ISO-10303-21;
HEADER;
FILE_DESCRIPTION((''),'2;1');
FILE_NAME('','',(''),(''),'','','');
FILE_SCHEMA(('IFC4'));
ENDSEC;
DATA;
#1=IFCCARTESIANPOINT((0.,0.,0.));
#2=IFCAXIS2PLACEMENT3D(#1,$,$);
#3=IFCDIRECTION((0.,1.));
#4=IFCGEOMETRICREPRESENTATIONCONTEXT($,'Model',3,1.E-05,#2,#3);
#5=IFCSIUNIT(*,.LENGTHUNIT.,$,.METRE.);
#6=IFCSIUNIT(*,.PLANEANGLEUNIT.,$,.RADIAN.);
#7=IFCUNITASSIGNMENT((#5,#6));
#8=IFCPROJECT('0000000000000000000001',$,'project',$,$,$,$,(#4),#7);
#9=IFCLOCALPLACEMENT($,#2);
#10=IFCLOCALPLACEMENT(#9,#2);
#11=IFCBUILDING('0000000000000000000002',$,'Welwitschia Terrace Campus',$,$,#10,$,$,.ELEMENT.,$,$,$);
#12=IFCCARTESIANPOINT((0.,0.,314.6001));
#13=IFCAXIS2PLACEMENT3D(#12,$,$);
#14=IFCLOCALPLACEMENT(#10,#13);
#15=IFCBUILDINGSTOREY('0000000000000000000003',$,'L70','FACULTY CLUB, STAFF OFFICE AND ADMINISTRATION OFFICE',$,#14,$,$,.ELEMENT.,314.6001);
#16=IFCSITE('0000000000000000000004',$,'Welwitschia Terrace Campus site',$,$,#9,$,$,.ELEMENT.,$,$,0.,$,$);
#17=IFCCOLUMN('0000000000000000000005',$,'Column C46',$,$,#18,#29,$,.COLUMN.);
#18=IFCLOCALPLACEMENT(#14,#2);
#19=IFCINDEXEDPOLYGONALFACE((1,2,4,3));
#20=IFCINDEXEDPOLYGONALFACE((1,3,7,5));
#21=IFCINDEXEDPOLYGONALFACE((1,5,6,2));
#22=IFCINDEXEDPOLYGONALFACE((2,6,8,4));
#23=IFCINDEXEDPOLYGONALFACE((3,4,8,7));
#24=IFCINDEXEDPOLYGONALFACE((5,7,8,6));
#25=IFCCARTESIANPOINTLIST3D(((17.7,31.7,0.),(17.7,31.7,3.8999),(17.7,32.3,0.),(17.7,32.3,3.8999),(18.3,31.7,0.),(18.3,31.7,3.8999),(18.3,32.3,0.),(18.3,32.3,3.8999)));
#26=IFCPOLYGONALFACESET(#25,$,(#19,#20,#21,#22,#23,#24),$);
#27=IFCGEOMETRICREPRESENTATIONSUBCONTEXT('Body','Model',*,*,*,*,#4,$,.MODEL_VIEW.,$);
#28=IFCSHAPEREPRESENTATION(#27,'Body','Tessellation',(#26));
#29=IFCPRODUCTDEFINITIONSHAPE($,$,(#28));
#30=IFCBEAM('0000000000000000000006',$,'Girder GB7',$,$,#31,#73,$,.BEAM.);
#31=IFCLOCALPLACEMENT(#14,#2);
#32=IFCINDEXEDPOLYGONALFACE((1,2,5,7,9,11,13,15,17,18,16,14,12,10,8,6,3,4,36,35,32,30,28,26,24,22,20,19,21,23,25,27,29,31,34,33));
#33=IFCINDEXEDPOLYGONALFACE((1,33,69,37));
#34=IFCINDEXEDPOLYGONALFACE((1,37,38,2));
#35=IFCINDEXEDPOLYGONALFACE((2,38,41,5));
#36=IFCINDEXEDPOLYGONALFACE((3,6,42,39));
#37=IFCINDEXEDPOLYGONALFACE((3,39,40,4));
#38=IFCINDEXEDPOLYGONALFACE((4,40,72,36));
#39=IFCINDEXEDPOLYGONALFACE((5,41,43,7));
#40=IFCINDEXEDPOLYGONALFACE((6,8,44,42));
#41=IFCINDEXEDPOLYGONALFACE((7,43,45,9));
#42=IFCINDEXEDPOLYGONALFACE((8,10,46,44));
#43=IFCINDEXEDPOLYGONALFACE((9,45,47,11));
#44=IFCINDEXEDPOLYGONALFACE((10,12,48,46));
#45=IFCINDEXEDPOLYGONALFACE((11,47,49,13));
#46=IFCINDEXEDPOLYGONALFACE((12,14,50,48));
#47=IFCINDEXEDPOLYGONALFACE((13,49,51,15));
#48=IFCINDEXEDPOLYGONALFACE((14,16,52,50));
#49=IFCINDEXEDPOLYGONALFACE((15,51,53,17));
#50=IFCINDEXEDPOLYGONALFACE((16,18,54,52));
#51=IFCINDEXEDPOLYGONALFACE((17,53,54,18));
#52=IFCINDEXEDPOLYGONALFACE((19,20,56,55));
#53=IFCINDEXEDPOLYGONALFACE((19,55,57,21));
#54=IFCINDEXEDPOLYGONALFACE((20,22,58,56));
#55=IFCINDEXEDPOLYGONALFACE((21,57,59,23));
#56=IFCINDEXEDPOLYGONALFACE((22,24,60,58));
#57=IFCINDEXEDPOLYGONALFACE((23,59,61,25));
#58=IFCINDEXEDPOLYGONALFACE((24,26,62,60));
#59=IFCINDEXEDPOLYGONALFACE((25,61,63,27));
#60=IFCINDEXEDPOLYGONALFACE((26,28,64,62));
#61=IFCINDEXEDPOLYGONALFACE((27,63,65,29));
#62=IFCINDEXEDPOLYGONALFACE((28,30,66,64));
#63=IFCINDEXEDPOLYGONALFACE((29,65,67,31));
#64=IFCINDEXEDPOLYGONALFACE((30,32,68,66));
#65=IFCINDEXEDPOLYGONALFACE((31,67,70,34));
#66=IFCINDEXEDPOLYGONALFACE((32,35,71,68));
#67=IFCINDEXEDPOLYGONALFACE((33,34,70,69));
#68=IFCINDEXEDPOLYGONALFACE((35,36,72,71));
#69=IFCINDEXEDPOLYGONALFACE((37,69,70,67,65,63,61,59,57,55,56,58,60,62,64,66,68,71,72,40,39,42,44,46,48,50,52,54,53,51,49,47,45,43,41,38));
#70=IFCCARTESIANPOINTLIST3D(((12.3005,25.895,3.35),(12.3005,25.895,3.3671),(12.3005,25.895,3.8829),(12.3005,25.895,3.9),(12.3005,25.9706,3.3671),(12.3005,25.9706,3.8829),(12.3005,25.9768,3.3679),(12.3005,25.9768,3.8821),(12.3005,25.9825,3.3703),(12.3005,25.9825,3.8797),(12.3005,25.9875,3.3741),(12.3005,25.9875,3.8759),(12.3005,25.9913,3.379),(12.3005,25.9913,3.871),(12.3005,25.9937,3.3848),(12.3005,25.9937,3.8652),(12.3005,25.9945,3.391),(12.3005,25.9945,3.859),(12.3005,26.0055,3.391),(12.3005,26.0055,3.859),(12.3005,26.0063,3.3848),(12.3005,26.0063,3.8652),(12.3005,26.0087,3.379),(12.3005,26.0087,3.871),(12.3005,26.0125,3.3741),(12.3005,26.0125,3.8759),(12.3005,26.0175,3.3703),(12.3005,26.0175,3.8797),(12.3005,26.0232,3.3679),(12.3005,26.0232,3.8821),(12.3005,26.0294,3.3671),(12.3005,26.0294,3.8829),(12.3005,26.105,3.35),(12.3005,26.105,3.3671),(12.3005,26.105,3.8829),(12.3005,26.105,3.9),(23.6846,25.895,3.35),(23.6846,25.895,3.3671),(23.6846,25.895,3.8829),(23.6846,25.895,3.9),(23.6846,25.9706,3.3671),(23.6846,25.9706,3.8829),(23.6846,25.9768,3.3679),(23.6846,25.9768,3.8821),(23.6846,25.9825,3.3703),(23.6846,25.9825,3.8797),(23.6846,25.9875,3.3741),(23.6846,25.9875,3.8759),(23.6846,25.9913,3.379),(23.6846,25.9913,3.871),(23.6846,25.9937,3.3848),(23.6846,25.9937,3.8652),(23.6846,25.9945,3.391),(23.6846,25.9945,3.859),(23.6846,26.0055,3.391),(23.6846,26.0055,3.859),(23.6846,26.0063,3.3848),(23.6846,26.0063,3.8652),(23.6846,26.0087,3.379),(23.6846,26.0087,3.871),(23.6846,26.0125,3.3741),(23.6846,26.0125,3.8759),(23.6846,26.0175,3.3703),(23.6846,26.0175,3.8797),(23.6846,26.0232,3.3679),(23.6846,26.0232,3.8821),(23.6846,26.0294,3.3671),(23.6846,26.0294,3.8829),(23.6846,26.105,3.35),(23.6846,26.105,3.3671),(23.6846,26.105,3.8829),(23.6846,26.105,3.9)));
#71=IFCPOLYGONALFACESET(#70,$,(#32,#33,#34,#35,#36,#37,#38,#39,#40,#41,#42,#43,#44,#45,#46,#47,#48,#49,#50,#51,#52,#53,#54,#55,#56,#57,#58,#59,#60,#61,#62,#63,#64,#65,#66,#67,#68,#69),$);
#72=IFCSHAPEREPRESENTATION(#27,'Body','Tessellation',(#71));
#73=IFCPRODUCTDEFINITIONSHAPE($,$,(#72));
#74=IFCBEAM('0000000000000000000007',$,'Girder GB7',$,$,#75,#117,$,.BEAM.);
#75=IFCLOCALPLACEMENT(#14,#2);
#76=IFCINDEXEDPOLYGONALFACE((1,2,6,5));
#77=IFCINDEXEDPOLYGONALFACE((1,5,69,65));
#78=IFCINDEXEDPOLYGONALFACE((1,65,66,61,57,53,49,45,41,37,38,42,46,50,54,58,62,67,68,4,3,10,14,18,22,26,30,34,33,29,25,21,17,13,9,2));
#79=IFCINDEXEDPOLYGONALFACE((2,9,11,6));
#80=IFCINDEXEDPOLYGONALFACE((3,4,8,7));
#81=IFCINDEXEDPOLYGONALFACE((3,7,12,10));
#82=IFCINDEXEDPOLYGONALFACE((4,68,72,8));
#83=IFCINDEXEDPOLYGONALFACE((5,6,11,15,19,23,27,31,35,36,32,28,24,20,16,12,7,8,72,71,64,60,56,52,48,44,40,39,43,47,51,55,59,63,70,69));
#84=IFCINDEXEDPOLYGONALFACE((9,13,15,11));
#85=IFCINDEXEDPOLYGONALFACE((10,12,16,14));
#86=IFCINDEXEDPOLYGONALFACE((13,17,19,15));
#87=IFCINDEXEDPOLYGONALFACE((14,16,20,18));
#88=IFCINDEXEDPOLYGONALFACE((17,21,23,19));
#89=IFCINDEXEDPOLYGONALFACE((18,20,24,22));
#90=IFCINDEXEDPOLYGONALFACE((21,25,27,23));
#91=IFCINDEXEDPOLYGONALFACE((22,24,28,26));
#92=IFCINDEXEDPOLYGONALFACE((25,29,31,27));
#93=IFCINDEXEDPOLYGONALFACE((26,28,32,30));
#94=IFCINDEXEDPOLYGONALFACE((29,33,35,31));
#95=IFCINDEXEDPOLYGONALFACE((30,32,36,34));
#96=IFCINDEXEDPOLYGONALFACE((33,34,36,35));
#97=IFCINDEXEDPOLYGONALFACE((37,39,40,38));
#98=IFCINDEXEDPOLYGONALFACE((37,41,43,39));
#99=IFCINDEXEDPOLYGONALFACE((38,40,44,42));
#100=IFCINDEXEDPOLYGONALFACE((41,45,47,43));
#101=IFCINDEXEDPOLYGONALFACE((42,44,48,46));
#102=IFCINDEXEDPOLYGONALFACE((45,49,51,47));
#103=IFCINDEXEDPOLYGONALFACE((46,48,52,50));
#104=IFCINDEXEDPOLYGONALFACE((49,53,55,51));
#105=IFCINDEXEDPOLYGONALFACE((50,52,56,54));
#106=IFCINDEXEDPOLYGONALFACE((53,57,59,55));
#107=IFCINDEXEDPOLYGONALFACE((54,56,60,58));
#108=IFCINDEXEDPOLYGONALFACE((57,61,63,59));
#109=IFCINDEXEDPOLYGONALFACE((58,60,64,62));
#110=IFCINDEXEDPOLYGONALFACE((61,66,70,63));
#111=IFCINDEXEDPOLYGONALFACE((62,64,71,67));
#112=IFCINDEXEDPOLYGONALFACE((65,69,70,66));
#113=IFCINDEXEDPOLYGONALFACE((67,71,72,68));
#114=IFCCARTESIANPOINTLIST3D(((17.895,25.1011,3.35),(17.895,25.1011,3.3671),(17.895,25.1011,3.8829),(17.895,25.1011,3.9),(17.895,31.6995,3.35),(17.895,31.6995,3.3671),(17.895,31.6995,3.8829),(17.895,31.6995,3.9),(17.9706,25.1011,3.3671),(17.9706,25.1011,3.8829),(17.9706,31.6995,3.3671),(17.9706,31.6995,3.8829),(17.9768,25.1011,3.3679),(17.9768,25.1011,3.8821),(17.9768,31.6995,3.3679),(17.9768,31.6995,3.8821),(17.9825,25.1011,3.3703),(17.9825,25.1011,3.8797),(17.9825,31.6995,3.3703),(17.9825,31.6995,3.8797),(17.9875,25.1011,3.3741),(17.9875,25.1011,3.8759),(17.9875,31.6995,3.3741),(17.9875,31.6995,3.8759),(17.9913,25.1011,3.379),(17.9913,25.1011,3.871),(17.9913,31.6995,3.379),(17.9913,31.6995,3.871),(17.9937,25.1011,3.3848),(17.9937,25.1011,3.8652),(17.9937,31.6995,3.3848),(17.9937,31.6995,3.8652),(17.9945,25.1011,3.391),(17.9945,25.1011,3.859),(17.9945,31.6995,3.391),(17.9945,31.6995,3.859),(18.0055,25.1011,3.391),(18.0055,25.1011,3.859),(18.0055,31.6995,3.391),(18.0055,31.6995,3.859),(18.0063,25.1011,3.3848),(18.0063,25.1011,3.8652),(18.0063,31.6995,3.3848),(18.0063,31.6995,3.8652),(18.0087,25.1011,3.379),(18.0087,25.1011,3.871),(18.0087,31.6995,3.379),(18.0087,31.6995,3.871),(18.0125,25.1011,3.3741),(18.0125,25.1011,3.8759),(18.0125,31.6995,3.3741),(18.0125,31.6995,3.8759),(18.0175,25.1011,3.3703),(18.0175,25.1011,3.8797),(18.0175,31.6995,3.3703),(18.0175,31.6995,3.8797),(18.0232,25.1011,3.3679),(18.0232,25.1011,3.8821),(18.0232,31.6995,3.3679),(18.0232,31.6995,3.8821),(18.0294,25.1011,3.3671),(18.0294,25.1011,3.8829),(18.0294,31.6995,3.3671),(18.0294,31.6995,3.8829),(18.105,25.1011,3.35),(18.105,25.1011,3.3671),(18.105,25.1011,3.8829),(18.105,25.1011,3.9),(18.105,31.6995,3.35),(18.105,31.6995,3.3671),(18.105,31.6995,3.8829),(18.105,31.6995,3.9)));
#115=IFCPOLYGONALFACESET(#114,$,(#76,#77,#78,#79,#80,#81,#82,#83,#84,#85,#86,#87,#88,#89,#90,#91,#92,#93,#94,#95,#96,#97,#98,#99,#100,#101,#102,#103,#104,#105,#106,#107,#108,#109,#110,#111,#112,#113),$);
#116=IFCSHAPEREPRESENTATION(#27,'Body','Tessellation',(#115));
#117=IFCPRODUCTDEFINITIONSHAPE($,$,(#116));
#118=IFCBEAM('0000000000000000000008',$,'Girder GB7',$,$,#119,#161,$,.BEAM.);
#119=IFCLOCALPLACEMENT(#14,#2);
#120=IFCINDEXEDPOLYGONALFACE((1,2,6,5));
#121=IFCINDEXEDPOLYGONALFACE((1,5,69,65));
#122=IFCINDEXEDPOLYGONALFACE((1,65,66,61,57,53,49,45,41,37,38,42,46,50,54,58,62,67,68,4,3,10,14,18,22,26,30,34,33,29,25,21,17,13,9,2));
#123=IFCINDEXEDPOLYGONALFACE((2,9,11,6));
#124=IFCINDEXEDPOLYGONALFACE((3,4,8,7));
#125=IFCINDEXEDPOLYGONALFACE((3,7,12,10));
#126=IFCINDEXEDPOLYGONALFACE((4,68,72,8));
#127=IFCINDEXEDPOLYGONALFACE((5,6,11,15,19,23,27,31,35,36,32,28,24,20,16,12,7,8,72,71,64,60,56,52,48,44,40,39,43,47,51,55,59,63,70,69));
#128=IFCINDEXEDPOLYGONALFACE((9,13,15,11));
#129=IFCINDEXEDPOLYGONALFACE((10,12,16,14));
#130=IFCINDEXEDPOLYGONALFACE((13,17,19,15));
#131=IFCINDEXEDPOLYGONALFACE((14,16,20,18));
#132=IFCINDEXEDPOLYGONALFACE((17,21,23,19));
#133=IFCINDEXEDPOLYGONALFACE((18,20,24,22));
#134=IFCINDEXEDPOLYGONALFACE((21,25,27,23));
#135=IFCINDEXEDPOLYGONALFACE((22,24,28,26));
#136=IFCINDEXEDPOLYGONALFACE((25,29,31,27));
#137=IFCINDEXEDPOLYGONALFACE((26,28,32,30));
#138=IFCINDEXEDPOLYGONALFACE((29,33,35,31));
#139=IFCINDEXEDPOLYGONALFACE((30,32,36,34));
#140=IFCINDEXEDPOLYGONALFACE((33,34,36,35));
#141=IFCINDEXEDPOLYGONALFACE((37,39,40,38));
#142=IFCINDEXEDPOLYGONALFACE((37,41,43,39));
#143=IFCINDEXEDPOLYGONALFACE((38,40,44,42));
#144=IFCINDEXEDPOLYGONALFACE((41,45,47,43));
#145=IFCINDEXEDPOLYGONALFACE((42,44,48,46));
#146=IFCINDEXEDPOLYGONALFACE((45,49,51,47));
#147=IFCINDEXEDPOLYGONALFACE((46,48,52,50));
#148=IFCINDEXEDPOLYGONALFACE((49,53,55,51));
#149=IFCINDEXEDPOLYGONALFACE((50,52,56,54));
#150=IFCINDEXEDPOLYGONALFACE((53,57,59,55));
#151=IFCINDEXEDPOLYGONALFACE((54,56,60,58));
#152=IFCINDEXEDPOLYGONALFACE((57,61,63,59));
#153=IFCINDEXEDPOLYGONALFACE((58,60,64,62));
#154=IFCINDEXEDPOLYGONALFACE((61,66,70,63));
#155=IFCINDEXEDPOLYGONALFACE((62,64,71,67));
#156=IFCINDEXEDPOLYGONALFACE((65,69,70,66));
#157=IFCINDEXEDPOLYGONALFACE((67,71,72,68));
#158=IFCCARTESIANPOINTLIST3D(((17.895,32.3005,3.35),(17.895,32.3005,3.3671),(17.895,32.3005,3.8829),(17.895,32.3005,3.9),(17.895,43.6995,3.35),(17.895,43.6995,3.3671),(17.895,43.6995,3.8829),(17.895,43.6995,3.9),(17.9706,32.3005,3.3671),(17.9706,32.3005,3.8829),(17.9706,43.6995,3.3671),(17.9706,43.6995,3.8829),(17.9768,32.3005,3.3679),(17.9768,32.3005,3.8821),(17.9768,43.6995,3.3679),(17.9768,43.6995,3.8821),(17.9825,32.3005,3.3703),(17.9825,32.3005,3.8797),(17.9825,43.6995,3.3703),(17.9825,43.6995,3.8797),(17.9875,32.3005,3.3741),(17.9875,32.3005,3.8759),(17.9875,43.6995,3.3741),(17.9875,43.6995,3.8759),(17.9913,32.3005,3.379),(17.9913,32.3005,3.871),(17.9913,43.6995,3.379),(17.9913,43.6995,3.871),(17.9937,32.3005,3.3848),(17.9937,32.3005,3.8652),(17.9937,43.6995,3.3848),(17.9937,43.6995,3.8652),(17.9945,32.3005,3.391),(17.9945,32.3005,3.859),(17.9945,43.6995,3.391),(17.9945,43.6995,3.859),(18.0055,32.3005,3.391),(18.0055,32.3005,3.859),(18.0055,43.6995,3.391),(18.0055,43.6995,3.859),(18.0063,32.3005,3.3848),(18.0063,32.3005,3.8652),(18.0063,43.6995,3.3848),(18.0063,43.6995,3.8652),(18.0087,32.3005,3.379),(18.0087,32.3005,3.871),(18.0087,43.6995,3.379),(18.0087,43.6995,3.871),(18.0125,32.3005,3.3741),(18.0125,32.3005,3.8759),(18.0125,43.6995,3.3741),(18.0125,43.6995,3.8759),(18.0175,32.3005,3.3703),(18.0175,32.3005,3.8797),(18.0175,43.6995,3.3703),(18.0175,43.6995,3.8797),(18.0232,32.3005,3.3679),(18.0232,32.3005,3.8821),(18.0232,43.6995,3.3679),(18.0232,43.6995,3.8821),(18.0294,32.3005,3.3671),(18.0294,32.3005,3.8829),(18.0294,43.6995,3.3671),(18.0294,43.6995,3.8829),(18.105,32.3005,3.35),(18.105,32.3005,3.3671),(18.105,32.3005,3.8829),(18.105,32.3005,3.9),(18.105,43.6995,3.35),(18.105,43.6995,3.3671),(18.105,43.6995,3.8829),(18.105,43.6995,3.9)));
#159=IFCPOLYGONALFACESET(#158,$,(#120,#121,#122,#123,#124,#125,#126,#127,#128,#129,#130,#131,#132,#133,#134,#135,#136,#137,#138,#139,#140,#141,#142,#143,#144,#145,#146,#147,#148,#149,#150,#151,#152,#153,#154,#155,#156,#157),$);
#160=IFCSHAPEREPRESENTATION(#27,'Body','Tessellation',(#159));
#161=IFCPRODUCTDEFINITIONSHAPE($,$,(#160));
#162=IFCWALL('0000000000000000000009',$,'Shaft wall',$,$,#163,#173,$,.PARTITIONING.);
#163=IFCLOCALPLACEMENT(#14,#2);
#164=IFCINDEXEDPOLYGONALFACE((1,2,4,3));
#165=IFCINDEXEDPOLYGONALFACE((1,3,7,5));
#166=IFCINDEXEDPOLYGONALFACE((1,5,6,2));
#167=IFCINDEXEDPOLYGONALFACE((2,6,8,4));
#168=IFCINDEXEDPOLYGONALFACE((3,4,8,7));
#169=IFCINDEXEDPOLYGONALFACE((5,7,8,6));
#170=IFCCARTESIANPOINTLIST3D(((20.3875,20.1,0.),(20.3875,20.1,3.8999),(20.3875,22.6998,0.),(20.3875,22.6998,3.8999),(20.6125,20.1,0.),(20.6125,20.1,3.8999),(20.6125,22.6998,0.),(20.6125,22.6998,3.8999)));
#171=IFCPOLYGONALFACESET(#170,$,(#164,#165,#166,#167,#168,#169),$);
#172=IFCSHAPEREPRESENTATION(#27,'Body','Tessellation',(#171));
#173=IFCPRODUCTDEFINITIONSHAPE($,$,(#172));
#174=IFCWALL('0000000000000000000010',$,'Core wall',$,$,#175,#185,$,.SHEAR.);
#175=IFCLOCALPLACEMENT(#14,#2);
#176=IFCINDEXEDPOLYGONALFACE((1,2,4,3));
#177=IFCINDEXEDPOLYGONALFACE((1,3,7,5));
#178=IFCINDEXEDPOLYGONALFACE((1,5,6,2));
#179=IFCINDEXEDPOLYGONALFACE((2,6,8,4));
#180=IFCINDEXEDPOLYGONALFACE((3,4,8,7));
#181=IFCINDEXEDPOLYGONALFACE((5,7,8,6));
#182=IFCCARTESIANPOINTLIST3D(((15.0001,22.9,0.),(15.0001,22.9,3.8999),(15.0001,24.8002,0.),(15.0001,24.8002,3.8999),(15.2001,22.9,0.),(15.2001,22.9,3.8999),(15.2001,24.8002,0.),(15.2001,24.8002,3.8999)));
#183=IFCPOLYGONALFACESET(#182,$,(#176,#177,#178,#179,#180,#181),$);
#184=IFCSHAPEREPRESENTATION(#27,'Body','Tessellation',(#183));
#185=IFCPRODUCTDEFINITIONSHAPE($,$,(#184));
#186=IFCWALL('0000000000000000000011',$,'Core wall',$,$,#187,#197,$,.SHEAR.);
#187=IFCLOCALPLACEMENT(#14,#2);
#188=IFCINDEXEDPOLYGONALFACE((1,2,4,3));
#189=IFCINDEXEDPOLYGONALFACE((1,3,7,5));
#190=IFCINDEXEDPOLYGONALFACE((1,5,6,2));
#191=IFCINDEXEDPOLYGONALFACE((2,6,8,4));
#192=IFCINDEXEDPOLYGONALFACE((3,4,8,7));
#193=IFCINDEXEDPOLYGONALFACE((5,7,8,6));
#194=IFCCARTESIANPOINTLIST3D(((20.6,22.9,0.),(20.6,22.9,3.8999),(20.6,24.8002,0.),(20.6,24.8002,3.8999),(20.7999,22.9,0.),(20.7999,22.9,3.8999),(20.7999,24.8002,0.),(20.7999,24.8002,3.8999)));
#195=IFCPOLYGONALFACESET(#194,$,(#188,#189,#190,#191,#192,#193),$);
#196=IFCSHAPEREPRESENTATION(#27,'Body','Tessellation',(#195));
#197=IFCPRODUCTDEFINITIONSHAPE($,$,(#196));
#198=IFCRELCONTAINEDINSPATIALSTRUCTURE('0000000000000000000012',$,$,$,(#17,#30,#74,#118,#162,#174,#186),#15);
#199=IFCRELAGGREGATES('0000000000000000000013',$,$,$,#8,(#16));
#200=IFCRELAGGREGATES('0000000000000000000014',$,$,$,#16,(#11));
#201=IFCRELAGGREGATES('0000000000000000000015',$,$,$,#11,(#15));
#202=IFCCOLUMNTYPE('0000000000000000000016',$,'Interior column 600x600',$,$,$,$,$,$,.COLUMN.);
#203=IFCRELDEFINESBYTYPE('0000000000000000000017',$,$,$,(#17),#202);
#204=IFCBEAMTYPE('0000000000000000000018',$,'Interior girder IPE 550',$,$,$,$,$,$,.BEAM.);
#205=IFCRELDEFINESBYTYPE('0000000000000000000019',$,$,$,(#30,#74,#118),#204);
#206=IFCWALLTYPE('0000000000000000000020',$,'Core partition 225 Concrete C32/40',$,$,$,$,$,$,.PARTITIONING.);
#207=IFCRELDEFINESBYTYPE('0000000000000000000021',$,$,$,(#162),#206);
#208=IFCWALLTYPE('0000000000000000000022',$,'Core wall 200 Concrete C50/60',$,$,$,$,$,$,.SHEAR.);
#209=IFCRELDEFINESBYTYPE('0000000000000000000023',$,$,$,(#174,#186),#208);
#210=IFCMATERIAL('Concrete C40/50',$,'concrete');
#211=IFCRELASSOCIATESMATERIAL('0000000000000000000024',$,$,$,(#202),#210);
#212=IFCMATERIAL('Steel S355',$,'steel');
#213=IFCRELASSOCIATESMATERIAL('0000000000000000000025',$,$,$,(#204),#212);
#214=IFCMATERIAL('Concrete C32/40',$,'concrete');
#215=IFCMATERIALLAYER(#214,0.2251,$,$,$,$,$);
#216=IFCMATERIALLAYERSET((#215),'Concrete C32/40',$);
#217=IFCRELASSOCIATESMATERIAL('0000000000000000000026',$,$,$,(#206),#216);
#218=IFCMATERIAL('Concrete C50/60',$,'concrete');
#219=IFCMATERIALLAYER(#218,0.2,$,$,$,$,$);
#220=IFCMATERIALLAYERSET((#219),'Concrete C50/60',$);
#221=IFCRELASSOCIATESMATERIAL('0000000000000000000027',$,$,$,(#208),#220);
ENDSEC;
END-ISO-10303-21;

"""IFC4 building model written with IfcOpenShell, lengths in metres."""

from ifc_helpers import new_model, si_unit, direction, frame, frame_2d, origin, origin_2d, place, context, subcontext, project, spatial, rectangle, i_section, extrude, material, layer, layer_set, material_profile, profile_set, type_object, element, save


model = new_model("IFC4")

# Units and contexts
model_context = context("Model", 3, precision=1e-05, world=origin(), true_north=direction((0.0, 1.0)))
body_context = subcontext(model_context, "Body", "Model", "MODEL_VIEW")
ifc_project = project(units=[si_unit("LENGTHUNIT", "METRE"), si_unit("PLANEANGLEUNIT", "RADIAN")], contexts=[model_context])

# Site, building, storey
site_placement = place(None, origin())
site = spatial("IfcSite", under=ifc_project, at=site_placement, Name="Welwitschia Terrace Campus site", CompositionType="ELEMENT", RefElevation=0.0)
building_placement = place(site_placement, origin())
building = spatial("IfcBuilding", under=site, at=building_placement, Name="Welwitschia Terrace Campus", CompositionType="ELEMENT")
storey_placement = place(building_placement, frame((0.0, 0.0, 314.6001)))
storey = spatial("IfcBuildingStorey", under=building, at=storey_placement, Name="L70", Description="FACULTY CLUB, STAFF OFFICE AND ADMINISTRATION OFFICE", CompositionType="ELEMENT", Elevation=314.6001)

# Column
ifc_material_1 = material(Name="Concrete C40/50", Category="concrete")
ifc_material_profile_1 = material_profile(ifc_material_1, rectangle(XDim=0.6001, YDim=0.6001, at=origin_2d()))
ifc_profile_set_1 = profile_set([ifc_material_profile_1], Name="Concrete C40/50")
column_type = type_object("IfcColumnType", Name="Interior column 600x600", PredefinedType="COLUMN", material=ifc_profile_set_1)
column_placement = place(storey_placement, frame((18.0, 32.0, 0.0), z_axis=(0.0, 0.0, 1.0), x_axis=(1.0, 0.0, 0.0)))
element("IfcColumn", 1, at=column_placement, inside=storey, type_object=column_type, Name="Column C46", PredefinedType="COLUMN", context=body_context, shape_type="SweptSolid", body=[
    extrude(rectangle(XDim=0.6001, YDim=0.6001, at=origin_2d()), origin(), (0.0, 0.0, 1.0), 3.8999),
])

# Beams
ifc_material_2 = material(Name="Steel S355", Category="steel")
ifc_material_profile_2 = material_profile(ifc_material_2, i_section(OverallWidth=0.21, OverallDepth=0.55, WebThickness=0.011, FlangeThickness=0.0171, FilletRadius=0.0239, at=origin_2d()))
ifc_profile_set_2 = profile_set([ifc_material_profile_2], Name="Steel S355")
beam_type = type_object("IfcBeamType", Name="Interior girder IPE 550", PredefinedType="BEAM", material=ifc_profile_set_2)
beam_1_placement = place(storey_placement, frame((12.3005, 26.0, 3.625), z_axis=(1.0, 0.0, 0.0), x_axis=(0.0, 1.0, 0.0)))
element("IfcBeam", 2, at=beam_1_placement, inside=storey, type_object=beam_type, Name="Girder GB7", PredefinedType="BEAM", context=body_context, shape_type="SweptSolid", body=[
    extrude(i_section(OverallWidth=0.21, OverallDepth=0.55, WebThickness=0.011, FlangeThickness=0.0171, FilletRadius=0.0239, at=origin_2d()), origin(), (0.0, 0.0, 1.0), 11.384),
])
beam_2_placement = place(storey_placement, frame((18.0, 25.1011, 3.625), z_axis=(0.0, 1.0, 0.0), x_axis=(-1.0, 0.0, 0.0)))
element("IfcBeam", 3, at=beam_2_placement, inside=storey, type_object=beam_type, Name="Girder GB7", PredefinedType="BEAM", context=body_context, shape_type="SweptSolid", body=[
    extrude(i_section(OverallWidth=0.21, OverallDepth=0.55, WebThickness=0.011, FlangeThickness=0.0171, FilletRadius=0.0239, at=origin_2d()), origin(), (0.0, 0.0, 1.0), 6.5984),
])
beam_3_placement = place(storey_placement, frame((18.0, 32.3005, 3.625), z_axis=(0.0, 1.0, 0.0), x_axis=(-1.0, 0.0, 0.0)))
element("IfcBeam", 4, at=beam_3_placement, inside=storey, type_object=beam_type, Name="Girder GB7", PredefinedType="BEAM", context=body_context, shape_type="SweptSolid", body=[
    extrude(i_section(OverallWidth=0.21, OverallDepth=0.55, WebThickness=0.011, FlangeThickness=0.0171, FilletRadius=0.0239, at=origin_2d()), origin(), (0.0, 0.0, 1.0), 11.3989),
])

# Walls
ifc_material_3 = material(Name="Concrete C32/40", Category="concrete")
ifc_layer_1 = layer(ifc_material_3, 0.2251)
ifc_layer_set_1 = layer_set([ifc_layer_1], Name="Concrete C32/40")
wall_type_1 = type_object("IfcWallType", Name="Core partition 225 Concrete C32/40", PredefinedType="PARTITIONING", material=ifc_layer_set_1)
wall_1_placement = place(storey_placement, frame((20.5, 20.1001, 0.0), z_axis=(0.0, 0.0, 1.0), x_axis=(0.0, 1.0, 0.0)))
element("IfcWall", 5, at=wall_1_placement, inside=storey, type_object=wall_type_1, Name="Shaft wall", PredefinedType="PARTITIONING", context=body_context, shape_type="SweptSolid", body=[
    extrude(rectangle(XDim=2.5999, YDim=0.2251, at=frame_2d((1.2998, 0.0))), origin(), (0.0, 0.0, 1.0), 3.8999),
])
ifc_material_4 = material(Name="Concrete C50/60", Category="concrete")
ifc_layer_2 = layer(ifc_material_4, 0.2)
ifc_layer_set_2 = layer_set([ifc_layer_2], Name="Concrete C50/60")
wall_type_2 = type_object("IfcWallType", Name="Core wall 200 Concrete C50/60", PredefinedType="SHEAR", material=ifc_layer_set_2)
for number, where, z_axis, x_axis, name in (
    (6, (15.1001, 22.8999, 0.0), (0.0, 0.0, 1.0), (0.0, 1.0, 0.0), "Core wall"),
    (7, (20.7, 22.8999, 0.0), (0.0, 0.0, 1.0), (0.0, 1.0, 0.0), "Core wall"),
):
    element("IfcWall", number, at=place(storey_placement, frame(where, z_axis=z_axis, x_axis=x_axis)), inside=storey, type_object=wall_type_2, Name=name, PredefinedType="SHEAR", context=body_context, shape_type="SweptSolid", body=[
        extrude(rectangle(XDim=1.9001, YDim=0.2, at=frame_2d((0.9502, 0.0))), origin(), (0.0, 0.0, 1.0), 3.8999),
    ])

save(model, "model.ifc")
